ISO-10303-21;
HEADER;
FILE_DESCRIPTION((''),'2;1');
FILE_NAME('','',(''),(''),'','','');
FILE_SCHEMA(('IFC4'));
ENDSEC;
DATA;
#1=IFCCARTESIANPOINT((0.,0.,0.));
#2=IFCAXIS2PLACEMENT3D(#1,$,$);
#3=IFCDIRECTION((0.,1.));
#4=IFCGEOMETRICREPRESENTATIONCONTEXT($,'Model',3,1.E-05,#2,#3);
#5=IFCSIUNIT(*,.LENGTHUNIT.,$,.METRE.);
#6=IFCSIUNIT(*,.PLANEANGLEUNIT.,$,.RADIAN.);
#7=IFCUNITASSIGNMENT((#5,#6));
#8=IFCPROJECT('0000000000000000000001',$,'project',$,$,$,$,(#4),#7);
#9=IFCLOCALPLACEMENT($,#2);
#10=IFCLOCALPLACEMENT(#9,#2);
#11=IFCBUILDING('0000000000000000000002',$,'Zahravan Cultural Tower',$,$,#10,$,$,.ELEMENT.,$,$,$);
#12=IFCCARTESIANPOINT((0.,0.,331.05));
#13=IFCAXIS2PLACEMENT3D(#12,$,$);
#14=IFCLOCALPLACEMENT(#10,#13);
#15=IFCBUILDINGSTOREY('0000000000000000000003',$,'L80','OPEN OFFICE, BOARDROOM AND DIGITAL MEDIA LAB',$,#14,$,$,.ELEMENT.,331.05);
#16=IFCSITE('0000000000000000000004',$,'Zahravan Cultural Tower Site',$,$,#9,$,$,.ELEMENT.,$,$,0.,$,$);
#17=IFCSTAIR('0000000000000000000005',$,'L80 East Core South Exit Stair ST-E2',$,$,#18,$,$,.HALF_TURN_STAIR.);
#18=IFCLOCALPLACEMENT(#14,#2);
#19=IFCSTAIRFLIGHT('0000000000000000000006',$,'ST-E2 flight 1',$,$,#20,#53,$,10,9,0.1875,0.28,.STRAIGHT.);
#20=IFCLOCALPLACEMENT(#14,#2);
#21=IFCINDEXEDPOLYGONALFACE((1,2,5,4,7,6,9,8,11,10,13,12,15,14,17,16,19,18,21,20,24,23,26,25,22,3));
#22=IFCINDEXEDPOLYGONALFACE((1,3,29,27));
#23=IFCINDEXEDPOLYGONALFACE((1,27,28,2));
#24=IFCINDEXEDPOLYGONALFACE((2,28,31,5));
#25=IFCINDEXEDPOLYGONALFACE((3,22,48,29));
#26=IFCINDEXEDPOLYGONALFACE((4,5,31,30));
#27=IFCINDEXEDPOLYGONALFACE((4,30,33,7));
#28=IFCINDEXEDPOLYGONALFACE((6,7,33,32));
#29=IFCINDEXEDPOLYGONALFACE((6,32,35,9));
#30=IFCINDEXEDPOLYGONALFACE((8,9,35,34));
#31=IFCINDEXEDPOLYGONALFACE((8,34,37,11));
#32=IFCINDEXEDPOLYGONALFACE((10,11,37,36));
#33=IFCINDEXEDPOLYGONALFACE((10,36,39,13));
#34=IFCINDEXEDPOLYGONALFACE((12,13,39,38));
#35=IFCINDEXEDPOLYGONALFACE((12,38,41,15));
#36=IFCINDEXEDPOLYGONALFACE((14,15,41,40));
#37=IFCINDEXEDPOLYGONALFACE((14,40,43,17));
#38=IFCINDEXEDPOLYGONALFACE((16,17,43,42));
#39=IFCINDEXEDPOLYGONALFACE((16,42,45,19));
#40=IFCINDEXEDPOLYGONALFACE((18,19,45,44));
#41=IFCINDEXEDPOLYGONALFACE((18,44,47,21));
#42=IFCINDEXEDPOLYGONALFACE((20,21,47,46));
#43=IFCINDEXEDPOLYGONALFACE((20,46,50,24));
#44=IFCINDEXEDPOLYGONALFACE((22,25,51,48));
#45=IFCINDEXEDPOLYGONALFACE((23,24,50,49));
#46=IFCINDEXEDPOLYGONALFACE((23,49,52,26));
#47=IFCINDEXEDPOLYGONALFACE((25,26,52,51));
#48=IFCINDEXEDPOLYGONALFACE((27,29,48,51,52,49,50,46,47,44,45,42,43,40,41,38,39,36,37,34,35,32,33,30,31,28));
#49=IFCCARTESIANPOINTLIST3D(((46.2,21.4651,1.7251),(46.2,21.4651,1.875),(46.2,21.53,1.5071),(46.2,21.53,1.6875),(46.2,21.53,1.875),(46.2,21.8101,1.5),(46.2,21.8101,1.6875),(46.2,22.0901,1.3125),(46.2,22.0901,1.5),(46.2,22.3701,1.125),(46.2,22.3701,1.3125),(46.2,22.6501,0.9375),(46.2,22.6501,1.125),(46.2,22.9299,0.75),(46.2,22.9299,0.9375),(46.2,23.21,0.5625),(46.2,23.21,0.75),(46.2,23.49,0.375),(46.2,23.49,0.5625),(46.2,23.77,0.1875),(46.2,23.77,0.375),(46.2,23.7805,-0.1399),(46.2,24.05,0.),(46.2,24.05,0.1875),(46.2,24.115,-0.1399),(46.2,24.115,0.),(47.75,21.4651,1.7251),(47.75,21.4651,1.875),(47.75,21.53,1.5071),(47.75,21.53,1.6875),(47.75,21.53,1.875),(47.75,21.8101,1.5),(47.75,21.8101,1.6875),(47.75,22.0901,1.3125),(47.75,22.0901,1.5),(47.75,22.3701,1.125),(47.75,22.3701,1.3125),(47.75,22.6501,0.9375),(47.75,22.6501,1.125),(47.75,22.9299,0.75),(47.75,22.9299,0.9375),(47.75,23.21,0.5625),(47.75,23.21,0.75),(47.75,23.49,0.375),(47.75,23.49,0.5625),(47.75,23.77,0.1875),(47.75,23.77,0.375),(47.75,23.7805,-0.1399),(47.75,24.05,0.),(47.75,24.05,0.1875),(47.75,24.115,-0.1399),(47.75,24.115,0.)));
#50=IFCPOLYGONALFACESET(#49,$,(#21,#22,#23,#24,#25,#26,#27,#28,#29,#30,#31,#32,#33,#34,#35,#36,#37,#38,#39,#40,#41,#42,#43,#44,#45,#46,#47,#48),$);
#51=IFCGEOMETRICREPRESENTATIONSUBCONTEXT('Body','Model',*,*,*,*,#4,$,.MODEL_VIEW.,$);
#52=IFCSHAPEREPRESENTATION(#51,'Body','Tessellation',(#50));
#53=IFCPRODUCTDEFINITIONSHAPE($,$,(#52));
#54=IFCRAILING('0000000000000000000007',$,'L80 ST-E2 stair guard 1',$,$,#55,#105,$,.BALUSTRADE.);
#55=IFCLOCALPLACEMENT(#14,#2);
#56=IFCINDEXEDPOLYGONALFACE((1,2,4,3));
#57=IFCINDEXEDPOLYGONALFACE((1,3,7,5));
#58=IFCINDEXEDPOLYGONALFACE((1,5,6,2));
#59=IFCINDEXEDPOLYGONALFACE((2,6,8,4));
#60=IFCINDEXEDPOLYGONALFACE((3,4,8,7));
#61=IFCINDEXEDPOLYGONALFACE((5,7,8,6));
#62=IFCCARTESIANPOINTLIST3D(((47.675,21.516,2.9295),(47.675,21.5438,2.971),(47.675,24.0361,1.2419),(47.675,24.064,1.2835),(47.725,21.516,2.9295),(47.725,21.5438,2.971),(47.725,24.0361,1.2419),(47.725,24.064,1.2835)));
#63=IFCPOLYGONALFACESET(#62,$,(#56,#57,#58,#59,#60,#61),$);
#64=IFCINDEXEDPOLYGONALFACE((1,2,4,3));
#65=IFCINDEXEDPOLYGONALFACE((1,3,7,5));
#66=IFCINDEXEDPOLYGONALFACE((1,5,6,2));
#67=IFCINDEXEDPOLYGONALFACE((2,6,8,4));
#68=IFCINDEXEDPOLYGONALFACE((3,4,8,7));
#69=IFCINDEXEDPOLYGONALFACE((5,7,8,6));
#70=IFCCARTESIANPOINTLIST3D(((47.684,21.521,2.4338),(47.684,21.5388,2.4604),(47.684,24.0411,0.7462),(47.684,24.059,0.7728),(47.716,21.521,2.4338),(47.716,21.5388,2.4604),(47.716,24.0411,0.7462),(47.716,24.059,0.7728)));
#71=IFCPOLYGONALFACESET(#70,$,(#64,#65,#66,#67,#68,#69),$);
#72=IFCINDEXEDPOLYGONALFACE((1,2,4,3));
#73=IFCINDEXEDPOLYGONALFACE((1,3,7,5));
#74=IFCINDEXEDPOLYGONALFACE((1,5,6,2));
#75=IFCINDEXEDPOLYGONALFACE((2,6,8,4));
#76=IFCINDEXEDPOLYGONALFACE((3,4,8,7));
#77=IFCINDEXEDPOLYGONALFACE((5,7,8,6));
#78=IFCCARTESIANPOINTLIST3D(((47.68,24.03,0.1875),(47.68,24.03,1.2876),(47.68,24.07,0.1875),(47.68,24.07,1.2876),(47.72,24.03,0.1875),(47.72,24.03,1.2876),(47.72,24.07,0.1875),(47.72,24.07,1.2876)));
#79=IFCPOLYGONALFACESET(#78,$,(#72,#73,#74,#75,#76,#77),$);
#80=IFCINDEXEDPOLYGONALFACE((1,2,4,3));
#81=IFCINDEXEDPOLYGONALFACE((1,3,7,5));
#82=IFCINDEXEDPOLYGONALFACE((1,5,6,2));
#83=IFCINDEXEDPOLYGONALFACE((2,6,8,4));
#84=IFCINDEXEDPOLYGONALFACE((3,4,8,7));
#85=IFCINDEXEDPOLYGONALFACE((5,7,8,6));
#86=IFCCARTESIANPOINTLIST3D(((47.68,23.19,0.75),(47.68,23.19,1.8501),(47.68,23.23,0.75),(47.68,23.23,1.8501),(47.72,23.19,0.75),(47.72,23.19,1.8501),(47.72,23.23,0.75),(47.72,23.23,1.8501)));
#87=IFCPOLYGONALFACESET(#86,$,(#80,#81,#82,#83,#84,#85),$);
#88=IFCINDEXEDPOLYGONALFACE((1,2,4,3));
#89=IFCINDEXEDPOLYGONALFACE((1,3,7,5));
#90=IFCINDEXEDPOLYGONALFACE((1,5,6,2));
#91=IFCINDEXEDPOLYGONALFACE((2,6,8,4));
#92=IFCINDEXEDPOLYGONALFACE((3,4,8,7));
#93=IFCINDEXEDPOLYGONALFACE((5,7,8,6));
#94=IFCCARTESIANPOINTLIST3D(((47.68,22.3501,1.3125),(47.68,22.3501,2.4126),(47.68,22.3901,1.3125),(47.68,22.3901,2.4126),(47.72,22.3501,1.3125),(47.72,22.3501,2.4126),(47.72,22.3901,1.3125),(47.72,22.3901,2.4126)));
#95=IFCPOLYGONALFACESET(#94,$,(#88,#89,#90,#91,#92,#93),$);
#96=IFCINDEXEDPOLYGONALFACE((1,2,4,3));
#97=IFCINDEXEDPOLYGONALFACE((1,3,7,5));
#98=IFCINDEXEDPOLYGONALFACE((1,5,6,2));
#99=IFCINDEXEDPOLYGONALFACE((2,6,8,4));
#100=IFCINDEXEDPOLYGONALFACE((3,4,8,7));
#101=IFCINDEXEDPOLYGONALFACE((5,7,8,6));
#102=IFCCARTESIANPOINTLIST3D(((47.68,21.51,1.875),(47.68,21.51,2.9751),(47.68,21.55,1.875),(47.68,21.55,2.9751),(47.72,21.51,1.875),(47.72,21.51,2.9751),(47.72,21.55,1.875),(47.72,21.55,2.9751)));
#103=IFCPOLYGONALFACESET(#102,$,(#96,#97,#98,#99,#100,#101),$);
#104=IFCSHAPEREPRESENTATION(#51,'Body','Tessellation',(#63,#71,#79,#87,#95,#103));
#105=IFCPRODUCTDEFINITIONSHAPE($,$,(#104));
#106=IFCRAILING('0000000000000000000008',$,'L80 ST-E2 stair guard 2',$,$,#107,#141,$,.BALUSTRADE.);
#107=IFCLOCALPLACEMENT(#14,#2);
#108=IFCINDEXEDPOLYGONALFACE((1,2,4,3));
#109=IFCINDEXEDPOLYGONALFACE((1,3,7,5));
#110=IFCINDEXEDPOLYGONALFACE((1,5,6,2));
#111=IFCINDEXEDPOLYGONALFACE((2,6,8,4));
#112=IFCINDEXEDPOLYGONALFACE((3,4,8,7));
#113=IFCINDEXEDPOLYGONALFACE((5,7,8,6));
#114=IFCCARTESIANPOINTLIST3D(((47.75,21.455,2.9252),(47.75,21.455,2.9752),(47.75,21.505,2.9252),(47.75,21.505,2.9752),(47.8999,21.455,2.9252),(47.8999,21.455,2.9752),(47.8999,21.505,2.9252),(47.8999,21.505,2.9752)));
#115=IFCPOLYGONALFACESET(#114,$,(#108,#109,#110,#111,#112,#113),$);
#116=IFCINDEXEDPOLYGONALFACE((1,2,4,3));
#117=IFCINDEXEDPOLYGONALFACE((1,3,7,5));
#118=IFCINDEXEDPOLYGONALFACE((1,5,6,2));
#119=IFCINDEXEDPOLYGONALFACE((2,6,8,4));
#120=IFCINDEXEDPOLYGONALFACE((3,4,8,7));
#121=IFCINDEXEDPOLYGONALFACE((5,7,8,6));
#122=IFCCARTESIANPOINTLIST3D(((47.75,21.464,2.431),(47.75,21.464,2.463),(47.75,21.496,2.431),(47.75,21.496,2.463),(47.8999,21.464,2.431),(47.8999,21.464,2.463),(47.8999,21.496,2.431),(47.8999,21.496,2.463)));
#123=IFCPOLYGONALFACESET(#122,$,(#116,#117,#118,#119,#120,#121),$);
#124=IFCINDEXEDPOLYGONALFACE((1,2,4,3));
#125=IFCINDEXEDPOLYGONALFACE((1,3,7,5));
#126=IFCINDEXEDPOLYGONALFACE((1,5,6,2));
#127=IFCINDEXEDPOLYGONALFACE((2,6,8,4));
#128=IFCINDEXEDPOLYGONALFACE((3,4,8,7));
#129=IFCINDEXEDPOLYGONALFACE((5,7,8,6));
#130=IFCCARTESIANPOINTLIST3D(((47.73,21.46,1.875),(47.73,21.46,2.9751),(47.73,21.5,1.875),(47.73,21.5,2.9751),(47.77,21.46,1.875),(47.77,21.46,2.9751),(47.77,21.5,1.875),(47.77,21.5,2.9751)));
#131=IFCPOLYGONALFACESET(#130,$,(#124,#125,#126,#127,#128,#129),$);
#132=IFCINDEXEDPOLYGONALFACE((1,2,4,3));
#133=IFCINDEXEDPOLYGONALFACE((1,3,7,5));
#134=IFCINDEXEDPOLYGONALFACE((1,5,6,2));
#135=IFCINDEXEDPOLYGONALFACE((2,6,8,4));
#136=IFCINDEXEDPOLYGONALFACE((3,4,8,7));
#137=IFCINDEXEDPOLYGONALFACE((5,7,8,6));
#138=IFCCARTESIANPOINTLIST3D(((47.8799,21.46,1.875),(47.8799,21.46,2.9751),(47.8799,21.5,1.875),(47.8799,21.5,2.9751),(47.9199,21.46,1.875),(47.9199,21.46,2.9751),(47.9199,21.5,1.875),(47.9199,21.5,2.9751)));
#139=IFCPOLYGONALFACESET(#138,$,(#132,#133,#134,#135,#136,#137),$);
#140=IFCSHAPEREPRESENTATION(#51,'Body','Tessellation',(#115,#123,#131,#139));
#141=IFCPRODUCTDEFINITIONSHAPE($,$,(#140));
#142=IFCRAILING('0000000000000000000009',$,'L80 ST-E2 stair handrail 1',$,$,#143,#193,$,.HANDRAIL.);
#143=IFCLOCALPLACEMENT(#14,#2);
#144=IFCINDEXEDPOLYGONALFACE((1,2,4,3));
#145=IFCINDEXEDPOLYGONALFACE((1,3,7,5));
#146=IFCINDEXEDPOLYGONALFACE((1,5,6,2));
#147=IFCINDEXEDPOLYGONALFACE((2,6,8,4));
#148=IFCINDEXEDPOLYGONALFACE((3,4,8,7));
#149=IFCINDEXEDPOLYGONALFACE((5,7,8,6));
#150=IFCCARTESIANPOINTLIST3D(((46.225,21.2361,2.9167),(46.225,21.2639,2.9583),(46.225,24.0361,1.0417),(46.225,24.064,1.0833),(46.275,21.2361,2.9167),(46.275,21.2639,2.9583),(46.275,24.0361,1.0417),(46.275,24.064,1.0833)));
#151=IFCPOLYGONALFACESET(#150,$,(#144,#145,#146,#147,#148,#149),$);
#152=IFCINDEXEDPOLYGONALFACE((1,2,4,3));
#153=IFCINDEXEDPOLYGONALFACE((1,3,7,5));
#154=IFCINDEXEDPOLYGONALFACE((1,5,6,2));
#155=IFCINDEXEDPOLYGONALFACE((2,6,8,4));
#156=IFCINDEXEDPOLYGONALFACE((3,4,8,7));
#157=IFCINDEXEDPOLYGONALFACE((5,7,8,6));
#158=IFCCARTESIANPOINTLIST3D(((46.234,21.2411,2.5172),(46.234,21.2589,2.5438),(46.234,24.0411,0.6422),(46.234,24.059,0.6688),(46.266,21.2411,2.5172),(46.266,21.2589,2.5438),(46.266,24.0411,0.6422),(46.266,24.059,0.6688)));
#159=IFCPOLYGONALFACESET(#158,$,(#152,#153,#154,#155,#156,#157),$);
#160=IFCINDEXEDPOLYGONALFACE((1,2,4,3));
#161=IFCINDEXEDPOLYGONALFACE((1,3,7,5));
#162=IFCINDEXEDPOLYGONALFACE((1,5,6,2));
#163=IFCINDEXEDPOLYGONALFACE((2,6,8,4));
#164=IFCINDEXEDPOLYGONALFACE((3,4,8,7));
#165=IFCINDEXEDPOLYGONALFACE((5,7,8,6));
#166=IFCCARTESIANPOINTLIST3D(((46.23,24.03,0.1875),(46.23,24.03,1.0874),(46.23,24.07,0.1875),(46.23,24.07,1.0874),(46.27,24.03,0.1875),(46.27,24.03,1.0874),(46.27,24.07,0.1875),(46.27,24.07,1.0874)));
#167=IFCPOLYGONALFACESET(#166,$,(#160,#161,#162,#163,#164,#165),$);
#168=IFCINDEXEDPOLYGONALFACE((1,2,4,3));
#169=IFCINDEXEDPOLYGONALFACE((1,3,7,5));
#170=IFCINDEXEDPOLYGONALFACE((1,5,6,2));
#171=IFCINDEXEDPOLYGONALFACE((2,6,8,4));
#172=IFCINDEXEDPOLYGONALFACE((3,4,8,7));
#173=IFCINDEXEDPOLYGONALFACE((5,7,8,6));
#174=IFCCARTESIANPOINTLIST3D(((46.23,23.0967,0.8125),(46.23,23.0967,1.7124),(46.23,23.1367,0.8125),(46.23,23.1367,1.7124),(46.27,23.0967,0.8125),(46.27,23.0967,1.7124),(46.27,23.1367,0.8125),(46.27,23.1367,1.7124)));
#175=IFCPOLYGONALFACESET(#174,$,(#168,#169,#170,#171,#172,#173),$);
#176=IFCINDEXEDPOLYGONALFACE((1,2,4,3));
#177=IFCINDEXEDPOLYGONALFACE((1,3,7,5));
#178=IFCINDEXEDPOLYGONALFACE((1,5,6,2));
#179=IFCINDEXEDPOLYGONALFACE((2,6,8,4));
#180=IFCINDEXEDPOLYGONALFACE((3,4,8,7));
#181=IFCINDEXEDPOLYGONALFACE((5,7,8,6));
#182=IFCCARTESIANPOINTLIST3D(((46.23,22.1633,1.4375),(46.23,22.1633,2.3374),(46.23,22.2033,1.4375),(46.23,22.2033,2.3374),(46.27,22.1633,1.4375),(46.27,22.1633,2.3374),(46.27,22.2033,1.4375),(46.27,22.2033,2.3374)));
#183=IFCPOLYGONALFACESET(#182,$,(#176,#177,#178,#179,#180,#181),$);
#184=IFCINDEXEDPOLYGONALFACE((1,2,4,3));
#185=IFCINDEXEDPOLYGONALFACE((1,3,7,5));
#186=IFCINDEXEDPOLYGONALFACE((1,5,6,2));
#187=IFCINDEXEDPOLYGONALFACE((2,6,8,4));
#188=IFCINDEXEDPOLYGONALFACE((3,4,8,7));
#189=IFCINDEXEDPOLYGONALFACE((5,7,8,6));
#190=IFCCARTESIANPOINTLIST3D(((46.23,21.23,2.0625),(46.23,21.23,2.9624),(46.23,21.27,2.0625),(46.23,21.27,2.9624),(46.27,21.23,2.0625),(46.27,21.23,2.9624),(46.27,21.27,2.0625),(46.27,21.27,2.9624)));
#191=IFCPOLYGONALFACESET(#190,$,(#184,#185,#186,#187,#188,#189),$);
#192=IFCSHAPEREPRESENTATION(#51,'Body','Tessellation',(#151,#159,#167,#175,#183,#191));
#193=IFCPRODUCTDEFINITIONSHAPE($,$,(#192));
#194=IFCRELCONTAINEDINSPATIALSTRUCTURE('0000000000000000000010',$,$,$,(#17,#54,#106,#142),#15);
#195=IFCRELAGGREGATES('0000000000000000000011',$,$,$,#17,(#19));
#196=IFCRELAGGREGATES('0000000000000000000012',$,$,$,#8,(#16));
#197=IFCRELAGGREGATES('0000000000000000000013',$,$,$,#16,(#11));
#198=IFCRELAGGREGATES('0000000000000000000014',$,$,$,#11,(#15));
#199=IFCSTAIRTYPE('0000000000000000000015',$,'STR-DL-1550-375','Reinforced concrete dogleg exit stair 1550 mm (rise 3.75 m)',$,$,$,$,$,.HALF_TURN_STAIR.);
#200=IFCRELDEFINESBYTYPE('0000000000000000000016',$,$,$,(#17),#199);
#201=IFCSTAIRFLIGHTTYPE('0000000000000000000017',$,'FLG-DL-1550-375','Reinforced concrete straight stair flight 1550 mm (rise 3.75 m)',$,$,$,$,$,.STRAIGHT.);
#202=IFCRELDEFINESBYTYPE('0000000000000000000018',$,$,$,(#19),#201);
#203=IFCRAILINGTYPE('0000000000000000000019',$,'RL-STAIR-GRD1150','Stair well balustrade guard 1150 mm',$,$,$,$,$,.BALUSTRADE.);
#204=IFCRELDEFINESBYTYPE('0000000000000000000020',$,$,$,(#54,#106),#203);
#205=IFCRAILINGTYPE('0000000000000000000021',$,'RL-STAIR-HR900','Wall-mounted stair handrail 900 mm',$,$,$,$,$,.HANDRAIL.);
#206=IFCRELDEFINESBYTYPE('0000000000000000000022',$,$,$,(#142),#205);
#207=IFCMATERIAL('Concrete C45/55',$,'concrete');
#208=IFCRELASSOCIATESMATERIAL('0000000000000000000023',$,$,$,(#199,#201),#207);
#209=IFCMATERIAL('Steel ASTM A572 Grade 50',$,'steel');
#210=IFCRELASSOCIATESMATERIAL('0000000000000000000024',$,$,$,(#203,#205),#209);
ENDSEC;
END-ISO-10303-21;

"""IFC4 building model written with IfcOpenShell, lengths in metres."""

from ifc_helpers import new_model, si_unit, direction, frame, origin, origin_2d, place, context, subcontext, project, spatial, polyline, rectangle, outline, extrude, material, type_object, element, aggregate, save


model = new_model("IFC4")

# Units and contexts
model_context = context("Model", 3, precision=1e-05, world=origin(), true_north=direction((0.0, 1.0)))
body_context = subcontext(model_context, "Body", "Model", "MODEL_VIEW")
ifc_project = project(units=[si_unit("LENGTHUNIT", "METRE"), si_unit("PLANEANGLEUNIT", "RADIAN")], contexts=[model_context])

# Site, building, storey
site_placement = place(None, origin())
site = spatial("IfcSite", under=ifc_project, at=site_placement, Name="Zahravan Cultural Tower Site", CompositionType="ELEMENT", RefElevation=0.0)
building_placement = place(site_placement, origin())
building = spatial("IfcBuilding", under=site, at=building_placement, Name="Zahravan Cultural Tower", CompositionType="ELEMENT")
storey_placement = place(building_placement, frame((0.0, 0.0, 331.05)))
storey = spatial("IfcBuildingStorey", under=building, at=storey_placement, Name="L80", Description="OPEN OFFICE, BOARDROOM AND DIGITAL MEDIA LAB", CompositionType="ELEMENT", Elevation=331.05)

# Shared definitions
ifc_material_1 = material(Name="Steel ASTM A572 Grade 50", Category="steel")
ifc_material_2 = material(Name="Concrete C45/55", Category="concrete")

# Stair, stair flight
stair_type = type_object("IfcStairType", Name="STR-DL-1550-375", Description="Reinforced concrete dogleg exit stair 1550 mm (rise 3.75 m)", PredefinedType="HALF_TURN_STAIR", material=ifc_material_2)
stair_placement = place(storey_placement, origin())
stair = element("IfcStair", 1, at=stair_placement, inside=storey, type_object=stair_type, Name="L80 East Core South Exit Stair ST-E2", PredefinedType="HALF_TURN_STAIR")
stair_flight_type = type_object("IfcStairFlightType", Name="FLG-DL-1550-375", Description="Reinforced concrete straight stair flight 1550 mm (rise 3.75 m)", PredefinedType="STRAIGHT", material=ifc_material_2)
stair_flight_placement = place(storey_placement, frame((46.9751, 24.05, 0.0), z_axis=(0.0, 0.0, 1.0), x_axis=(0.0, -1.0, 0.0)))
stair_flight = element("IfcStairFlight", 2, at=stair_flight_placement, type_object=stair_flight_type, Name="ST-E2 flight 1", NumberOfRisers=10, NumberOfTreads=9, PredefinedType="STRAIGHT", RiserHeight=0.1875, TreadLength=0.28, context=body_context, shape_type="SweptSolid", body=[
    extrude(outline(polyline([(-0.0649, -0.1399), (-0.0649, 0.0), (0.0, 0.0), (0.0, 0.1875), (0.28, 0.1875), (0.28, 0.375), (0.5601, 0.375), (0.5601, 0.5625), (0.8401, 0.5625), (0.8401, 0.75), (1.1201, 0.75), (1.1201, 0.9375), (1.3999, 0.9375), (1.3999, 1.125), (1.6799, 1.125), (1.6799, 1.3125), (1.96, 1.3125), (1.96, 1.5), (2.24, 1.5), (2.24, 1.6875), (2.52, 1.6875), (2.52, 1.875), (2.585, 1.875), (2.585, 1.7251), (2.52, 1.5071), (0.2695, -0.1399), (-0.0649, -0.1399)])), frame((0.0, 0.7749, 0.0), z_axis=(0.0, -1.0, 0.0), x_axis=(1.0, 0.0, 0.0)), (0.0, 0.0, 1.0), 1.55),
])
aggregate(stair, [stair_flight])

# Railings
railing_type_1 = type_object("IfcRailingType", Name="RL-STAIR-GRD1150", Description="Stair well balustrade guard 1150 mm", PredefinedType="BALUSTRADE", material=ifc_material_1)
railing_1_placement = place(storey_placement, frame((47.7, 24.05, 0.1875)))
element("IfcRailing", 3, at=railing_1_placement, inside=storey, type_object=railing_type_1, Name="L80 ST-E2 stair guard 1", PredefinedType="BALUSTRADE", context=body_context, shape_type="SweptSolid", body=[
    extrude(rectangle(XDim=0.05, YDim=0.05, at=origin_2d()), frame((0.0, 0.0, 1.0752), z_axis=(0.0, -0.830909, 0.556408), x_axis=(1.0, 0.0, 0.0)), (0.0, 0.0, 1.0), 3.033),
    extrude(rectangle(XDim=0.032, YDim=0.032, at=origin_2d()), frame((0.0, 0.0, 0.572), z_axis=(0.0, -0.830909, 0.556408), x_axis=(1.0, 0.0, 0.0)), (0.0, 0.0, 1.0), 3.033),
    extrude(rectangle(XDim=0.04, YDim=0.04, at=origin_2d()), origin(), (0.0, 0.0, 1.0), 1.1001),
    extrude(rectangle(XDim=0.04, YDim=0.04, at=origin_2d()), frame((0.0, -0.8401, 0.5625)), (0.0, 0.0, 1.0), 1.1001),
    extrude(rectangle(XDim=0.04, YDim=0.04, at=origin_2d()), frame((0.0, -1.6799, 1.125)), (0.0, 0.0, 1.0), 1.1001),
    extrude(rectangle(XDim=0.04, YDim=0.04, at=origin_2d()), frame((0.0, -2.52, 1.6875)), (0.0, 0.0, 1.0), 1.1001),
])
railing_2_placement = place(storey_placement, frame((47.75, 21.48, 1.875)))
element("IfcRailing", 4, at=railing_2_placement, inside=storey, type_object=railing_type_1, Name="L80 ST-E2 stair guard 2", PredefinedType="BALUSTRADE", context=body_context, shape_type="SweptSolid", body=[
    extrude(rectangle(XDim=0.05, YDim=0.05, at=origin_2d()), frame((0.0, 0.0, 1.0752), z_axis=(1.0, 0.0, 0.0), x_axis=(0.0, 1.0, 0.0)), (0.0, 0.0, 1.0), 0.1499),
    extrude(rectangle(XDim=0.032, YDim=0.032, at=origin_2d()), frame((0.0, 0.0, 0.572), z_axis=(1.0, 0.0, 0.0), x_axis=(0.0, 1.0, 0.0)), (0.0, 0.0, 1.0), 0.1499),
    extrude(rectangle(XDim=0.04, YDim=0.04, at=origin_2d()), origin(), (0.0, 0.0, 1.0), 1.1001),
    extrude(rectangle(XDim=0.04, YDim=0.04, at=origin_2d()), frame((0.1499, 0.0, 0.0)), (0.0, 0.0, 1.0), 1.1001),
])
railing_type_2 = type_object("IfcRailingType", Name="RL-STAIR-HR900", Description="Wall-mounted stair handrail 900 mm", PredefinedType="HANDRAIL", material=ifc_material_1)
railing_3_placement = place(storey_placement, frame((46.25, 24.05, 0.1875)))
element("IfcRailing", 5, at=railing_3_placement, inside=storey, type_object=railing_type_2, Name="L80 ST-E2 stair handrail 1", PredefinedType="HANDRAIL", context=body_context, shape_type="SweptSolid", body=[
    extrude(rectangle(XDim=0.05, YDim=0.05, at=origin_2d()), frame((0.0, 0.0, 0.875), z_axis=(0.0, -0.830912, 0.556404), x_axis=(1.0, 0.0, 0.0)), (0.0, 0.0, 1.0), 3.3699),
    extrude(rectangle(XDim=0.032, YDim=0.032, at=origin_2d()), frame((0.0, 0.0, 0.468), z_axis=(0.0, -0.830912, 0.556404), x_axis=(1.0, 0.0, 0.0)), (0.0, 0.0, 1.0), 3.3699),
    extrude(rectangle(XDim=0.04, YDim=0.04, at=origin_2d()), origin(), (0.0, 0.0, 1.0), 0.8999),
    extrude(rectangle(XDim=0.04, YDim=0.04, at=origin_2d()), frame((0.0, -0.9333, 0.625)), (0.0, 0.0, 1.0), 0.8999),
    extrude(rectangle(XDim=0.04, YDim=0.04, at=origin_2d()), frame((0.0, -1.8667, 1.25)), (0.0, 0.0, 1.0), 0.8999),
    extrude(rectangle(XDim=0.04, YDim=0.04, at=origin_2d()), frame((0.0, -2.8, 1.875)), (0.0, 0.0, 1.0), 0.8999),
])

save(model, "model.ifc")
